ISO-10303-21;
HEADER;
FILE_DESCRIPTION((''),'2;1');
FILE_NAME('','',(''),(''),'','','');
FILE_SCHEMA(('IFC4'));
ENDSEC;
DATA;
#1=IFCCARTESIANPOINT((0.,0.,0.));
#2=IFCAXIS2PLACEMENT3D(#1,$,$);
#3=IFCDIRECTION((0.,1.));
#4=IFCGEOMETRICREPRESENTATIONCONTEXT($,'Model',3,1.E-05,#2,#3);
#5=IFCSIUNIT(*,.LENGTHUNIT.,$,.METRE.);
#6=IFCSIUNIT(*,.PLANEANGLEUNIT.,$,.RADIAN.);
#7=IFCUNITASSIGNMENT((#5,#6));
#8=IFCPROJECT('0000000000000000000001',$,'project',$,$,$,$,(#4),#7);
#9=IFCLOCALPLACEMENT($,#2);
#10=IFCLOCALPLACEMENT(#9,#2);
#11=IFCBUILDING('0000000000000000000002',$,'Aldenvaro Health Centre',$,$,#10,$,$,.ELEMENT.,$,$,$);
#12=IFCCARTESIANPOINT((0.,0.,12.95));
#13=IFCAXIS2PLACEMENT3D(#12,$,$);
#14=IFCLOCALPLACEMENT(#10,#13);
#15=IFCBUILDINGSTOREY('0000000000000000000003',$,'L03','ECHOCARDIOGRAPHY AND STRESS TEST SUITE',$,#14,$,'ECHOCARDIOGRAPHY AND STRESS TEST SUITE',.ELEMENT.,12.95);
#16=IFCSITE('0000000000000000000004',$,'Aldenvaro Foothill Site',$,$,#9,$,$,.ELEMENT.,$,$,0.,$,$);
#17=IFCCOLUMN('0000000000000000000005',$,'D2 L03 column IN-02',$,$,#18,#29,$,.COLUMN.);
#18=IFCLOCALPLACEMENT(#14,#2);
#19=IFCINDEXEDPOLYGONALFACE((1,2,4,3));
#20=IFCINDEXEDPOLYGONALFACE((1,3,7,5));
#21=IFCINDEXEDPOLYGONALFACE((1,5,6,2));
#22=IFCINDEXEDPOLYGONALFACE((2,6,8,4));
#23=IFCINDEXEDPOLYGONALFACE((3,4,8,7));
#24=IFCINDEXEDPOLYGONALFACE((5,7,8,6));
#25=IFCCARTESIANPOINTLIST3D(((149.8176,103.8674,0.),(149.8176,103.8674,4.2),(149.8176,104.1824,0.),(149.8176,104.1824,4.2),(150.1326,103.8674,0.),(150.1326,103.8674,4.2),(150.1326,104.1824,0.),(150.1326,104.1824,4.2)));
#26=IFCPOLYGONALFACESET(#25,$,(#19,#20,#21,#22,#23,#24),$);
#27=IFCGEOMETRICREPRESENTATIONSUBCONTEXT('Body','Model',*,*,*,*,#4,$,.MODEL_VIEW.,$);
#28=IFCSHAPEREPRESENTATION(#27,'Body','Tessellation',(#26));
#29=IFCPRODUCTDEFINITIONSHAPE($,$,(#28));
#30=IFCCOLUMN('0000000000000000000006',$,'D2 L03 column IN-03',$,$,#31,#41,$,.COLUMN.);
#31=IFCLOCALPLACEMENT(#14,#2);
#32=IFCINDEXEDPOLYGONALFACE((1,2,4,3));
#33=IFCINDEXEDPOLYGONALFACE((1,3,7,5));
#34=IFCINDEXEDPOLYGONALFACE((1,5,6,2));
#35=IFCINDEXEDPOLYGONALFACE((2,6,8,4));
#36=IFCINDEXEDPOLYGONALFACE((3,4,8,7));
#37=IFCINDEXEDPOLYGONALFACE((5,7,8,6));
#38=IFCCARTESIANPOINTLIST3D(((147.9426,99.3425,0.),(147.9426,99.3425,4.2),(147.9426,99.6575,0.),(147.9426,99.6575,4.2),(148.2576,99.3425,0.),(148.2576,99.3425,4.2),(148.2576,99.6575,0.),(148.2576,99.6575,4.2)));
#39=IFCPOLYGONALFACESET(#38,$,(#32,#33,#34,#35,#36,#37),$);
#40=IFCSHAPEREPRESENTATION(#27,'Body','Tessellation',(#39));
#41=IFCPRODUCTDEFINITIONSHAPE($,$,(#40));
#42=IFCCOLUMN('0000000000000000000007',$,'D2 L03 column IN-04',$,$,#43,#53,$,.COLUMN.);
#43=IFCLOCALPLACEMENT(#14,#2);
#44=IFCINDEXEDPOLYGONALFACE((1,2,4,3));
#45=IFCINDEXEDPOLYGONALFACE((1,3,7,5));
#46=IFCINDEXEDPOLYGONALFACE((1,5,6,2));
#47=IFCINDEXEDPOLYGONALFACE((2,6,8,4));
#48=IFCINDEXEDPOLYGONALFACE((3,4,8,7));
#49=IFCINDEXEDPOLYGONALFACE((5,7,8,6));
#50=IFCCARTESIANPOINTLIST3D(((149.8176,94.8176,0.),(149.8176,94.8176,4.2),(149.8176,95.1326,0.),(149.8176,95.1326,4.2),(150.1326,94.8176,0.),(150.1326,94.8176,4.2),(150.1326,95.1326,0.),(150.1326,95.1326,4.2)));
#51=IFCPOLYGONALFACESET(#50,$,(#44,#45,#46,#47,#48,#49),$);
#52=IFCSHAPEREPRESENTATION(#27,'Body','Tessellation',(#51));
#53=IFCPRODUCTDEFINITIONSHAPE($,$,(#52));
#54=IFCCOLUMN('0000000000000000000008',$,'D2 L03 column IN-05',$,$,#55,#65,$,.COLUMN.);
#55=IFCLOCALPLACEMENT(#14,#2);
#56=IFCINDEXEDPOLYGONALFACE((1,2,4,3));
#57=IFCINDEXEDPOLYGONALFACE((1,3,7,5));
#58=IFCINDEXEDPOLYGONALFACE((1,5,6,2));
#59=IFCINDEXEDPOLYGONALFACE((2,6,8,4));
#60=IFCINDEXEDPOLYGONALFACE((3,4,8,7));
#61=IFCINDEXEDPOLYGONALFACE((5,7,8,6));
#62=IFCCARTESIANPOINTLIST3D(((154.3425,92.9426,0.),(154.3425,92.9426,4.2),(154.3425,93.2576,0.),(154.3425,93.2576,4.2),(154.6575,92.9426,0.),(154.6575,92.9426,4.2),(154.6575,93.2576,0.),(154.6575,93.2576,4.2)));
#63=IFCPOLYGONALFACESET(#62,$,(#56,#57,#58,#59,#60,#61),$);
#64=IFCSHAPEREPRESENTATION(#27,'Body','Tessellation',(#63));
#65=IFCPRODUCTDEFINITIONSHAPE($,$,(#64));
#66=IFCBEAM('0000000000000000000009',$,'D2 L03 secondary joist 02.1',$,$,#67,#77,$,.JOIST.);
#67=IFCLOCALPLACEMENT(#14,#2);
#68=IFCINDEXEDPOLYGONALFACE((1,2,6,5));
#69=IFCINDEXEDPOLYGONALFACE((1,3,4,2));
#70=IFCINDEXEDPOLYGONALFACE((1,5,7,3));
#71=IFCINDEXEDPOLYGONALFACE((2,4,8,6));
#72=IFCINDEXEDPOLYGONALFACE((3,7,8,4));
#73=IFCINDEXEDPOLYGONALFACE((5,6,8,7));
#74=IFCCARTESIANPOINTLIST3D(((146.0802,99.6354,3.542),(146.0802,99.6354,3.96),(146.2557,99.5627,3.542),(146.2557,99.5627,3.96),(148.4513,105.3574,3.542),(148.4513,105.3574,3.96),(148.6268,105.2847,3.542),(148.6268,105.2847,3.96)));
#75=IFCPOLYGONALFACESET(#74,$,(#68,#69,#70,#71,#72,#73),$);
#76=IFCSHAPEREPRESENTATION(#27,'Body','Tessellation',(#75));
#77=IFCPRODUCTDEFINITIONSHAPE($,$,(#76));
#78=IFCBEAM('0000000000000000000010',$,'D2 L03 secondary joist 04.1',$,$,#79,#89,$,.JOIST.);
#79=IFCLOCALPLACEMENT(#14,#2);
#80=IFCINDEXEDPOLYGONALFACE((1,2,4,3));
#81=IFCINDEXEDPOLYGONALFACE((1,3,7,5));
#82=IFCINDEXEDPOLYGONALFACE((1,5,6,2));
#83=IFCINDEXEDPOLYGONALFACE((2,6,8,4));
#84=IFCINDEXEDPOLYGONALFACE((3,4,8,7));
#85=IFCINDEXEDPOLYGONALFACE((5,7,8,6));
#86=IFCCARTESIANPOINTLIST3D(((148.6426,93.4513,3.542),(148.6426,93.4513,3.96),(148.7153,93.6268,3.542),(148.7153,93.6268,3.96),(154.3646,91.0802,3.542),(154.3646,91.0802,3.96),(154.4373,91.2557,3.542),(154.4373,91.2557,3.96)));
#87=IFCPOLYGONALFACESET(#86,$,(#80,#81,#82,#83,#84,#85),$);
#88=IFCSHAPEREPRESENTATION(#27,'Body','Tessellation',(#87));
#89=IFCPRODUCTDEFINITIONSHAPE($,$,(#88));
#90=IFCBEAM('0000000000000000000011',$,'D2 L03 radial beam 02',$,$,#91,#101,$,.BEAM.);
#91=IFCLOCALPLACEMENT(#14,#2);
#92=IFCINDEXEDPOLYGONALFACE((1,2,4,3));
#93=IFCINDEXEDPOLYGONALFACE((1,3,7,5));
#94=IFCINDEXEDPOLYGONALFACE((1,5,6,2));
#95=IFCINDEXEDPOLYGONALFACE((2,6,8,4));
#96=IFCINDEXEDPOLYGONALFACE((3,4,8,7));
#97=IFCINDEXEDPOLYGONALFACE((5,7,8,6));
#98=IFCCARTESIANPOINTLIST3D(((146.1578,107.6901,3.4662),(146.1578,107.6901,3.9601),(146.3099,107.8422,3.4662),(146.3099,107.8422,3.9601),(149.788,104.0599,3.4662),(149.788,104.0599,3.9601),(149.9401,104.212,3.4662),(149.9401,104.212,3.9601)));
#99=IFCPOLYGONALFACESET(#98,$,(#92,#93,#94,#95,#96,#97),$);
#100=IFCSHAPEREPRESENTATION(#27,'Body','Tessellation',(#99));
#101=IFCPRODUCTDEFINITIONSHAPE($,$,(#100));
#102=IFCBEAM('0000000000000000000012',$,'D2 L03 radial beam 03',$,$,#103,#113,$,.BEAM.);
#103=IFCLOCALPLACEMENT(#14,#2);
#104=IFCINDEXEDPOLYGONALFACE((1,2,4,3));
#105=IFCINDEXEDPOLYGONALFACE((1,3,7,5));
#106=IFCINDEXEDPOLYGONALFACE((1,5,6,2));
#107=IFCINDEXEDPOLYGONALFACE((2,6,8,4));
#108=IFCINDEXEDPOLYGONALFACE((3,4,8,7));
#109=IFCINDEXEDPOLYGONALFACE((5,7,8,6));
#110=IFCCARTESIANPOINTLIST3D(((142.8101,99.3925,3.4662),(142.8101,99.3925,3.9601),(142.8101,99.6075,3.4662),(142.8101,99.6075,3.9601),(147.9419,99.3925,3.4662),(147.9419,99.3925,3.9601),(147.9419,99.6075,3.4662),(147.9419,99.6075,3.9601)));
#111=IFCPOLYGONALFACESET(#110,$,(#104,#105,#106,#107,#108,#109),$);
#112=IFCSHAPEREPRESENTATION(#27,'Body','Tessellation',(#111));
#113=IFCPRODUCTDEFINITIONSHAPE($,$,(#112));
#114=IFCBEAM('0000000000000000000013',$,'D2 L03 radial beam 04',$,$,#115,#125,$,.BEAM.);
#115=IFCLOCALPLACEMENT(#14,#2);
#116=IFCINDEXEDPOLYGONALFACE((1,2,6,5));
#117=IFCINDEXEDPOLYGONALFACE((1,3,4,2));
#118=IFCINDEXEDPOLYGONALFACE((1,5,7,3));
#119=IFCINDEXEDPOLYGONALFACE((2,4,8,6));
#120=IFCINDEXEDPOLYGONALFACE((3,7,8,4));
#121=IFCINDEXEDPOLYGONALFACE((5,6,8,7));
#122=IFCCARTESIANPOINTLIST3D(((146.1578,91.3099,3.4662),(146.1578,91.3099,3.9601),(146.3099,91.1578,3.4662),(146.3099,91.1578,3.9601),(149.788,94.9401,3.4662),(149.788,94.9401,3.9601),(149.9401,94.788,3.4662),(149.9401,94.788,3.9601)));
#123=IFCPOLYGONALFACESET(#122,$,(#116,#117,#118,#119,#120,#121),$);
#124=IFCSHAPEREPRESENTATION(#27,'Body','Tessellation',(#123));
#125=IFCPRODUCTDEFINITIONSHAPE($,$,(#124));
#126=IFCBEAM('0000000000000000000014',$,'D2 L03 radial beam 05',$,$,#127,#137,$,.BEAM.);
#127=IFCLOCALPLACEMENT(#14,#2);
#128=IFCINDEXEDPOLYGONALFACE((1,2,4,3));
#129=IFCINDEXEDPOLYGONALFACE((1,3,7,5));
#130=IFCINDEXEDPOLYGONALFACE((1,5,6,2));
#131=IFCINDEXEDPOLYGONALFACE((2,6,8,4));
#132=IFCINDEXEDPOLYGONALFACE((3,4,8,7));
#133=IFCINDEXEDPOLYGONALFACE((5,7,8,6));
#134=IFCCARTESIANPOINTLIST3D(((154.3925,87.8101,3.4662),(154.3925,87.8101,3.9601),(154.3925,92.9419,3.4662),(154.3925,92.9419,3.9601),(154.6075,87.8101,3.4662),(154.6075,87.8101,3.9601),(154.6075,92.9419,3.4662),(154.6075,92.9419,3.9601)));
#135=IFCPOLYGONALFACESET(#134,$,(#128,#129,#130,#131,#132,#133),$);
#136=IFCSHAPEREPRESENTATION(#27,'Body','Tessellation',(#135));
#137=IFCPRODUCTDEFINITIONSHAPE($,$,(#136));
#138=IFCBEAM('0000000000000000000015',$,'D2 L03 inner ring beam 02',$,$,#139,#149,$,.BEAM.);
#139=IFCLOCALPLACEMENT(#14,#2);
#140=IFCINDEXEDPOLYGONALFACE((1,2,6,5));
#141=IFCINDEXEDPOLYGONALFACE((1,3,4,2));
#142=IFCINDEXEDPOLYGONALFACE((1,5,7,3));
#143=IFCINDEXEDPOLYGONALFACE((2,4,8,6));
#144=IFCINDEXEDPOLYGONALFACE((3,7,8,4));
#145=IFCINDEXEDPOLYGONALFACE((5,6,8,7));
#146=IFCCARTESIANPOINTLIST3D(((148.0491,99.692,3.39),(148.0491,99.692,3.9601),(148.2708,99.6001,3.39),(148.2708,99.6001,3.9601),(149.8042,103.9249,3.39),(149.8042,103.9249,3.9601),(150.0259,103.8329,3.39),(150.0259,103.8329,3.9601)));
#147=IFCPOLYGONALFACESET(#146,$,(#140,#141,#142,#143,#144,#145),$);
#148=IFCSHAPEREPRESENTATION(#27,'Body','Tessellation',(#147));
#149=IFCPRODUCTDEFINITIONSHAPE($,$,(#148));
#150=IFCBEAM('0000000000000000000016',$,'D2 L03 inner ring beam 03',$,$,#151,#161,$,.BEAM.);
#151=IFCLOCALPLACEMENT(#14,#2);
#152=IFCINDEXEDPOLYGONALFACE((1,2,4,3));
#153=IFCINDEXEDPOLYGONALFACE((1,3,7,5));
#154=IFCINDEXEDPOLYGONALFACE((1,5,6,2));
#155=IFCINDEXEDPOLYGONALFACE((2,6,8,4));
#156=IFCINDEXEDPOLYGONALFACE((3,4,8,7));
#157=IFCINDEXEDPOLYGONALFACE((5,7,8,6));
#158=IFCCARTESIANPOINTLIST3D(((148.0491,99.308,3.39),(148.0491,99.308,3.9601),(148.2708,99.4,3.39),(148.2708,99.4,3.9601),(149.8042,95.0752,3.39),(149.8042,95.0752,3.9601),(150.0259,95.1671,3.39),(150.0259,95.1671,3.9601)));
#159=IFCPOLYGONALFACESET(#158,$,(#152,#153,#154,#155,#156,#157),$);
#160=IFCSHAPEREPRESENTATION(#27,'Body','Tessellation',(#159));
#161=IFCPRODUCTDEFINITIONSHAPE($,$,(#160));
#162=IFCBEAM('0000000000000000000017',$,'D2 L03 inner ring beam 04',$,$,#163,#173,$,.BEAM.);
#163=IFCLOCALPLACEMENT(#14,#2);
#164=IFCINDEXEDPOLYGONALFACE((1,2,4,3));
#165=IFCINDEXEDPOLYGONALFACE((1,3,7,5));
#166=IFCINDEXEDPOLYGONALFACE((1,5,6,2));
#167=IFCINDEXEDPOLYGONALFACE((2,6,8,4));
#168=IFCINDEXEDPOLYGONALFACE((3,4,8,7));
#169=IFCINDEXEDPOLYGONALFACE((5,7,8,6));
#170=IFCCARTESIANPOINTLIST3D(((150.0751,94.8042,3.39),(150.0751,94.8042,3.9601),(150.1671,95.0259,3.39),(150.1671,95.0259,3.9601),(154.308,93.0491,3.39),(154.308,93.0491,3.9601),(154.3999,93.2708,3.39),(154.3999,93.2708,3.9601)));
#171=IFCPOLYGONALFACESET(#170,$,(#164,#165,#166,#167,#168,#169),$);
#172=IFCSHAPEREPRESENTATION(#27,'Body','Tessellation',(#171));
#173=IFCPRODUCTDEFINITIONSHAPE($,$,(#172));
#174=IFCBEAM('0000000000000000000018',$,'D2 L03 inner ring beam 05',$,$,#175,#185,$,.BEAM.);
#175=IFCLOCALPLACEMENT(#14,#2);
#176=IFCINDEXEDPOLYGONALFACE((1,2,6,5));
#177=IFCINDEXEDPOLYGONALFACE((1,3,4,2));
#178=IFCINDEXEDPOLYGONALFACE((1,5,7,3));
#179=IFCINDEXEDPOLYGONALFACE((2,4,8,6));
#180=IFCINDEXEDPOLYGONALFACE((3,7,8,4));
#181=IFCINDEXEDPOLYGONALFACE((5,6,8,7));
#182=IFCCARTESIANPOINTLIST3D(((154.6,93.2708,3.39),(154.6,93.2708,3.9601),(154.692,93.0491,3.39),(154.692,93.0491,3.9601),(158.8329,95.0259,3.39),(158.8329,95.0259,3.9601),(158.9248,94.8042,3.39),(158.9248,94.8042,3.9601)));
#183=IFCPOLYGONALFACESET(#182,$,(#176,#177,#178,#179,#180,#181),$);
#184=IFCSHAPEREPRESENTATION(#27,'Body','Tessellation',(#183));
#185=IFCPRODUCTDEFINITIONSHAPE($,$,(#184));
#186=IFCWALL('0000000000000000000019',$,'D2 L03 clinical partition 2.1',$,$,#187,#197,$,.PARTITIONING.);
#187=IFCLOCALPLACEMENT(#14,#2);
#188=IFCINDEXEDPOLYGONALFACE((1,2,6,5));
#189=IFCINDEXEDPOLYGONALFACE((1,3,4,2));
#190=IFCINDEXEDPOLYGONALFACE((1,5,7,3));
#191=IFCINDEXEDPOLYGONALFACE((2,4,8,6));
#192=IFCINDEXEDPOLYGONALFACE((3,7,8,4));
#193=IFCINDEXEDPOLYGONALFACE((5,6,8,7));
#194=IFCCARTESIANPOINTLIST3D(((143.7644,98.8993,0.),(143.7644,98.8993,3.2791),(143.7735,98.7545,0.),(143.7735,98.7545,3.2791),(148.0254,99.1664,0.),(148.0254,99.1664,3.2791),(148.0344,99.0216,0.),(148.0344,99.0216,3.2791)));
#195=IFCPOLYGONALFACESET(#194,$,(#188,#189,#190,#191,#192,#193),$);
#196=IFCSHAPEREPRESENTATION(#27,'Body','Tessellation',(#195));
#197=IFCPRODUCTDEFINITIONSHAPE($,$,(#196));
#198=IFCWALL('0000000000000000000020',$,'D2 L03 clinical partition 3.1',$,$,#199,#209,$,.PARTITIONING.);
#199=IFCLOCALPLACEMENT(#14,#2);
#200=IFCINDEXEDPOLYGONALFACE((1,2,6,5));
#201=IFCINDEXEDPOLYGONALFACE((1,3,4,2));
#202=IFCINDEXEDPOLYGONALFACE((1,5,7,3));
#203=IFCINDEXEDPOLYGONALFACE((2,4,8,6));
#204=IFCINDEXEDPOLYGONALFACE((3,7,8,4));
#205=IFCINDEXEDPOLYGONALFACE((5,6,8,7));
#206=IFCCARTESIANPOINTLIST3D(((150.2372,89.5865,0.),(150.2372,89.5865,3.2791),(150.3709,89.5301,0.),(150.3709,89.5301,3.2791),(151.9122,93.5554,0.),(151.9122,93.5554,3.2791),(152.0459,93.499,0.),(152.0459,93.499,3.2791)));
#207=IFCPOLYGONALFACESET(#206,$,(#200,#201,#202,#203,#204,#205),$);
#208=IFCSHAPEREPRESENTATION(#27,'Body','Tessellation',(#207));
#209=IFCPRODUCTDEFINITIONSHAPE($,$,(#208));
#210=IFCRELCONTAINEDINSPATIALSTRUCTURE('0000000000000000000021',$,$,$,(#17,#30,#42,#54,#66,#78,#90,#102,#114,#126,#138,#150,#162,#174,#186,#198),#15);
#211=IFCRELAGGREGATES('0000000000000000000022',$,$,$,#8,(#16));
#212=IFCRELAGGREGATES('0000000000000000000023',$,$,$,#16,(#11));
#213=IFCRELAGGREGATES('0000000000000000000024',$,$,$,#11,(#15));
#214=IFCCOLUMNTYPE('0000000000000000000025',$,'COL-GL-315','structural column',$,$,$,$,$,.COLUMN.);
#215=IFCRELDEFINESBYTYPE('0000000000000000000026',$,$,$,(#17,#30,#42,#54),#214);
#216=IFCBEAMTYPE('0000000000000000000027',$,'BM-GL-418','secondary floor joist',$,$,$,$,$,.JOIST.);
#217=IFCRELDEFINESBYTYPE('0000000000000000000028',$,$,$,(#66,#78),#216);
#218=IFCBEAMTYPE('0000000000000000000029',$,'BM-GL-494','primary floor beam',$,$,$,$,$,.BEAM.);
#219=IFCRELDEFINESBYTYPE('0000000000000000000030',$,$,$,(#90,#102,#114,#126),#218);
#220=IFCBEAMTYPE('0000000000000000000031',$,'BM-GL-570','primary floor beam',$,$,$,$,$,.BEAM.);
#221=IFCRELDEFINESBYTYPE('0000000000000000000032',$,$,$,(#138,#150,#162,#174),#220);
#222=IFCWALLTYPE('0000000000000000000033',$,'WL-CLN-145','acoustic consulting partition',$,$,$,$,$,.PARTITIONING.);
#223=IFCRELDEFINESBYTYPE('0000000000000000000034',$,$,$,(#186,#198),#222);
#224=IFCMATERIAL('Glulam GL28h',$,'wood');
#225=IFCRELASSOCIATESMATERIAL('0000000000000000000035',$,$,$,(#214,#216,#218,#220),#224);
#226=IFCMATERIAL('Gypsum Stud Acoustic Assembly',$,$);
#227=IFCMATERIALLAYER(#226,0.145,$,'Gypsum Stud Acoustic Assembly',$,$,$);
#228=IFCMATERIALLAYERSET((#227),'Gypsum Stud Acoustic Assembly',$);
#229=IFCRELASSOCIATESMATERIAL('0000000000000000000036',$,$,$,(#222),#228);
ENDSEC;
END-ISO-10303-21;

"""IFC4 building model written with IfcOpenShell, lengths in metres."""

from ifc_helpers import new_model, si_unit, direction, frame, frame_2d, origin, origin_2d, place, context, subcontext, project, spatial, rectangle, extrude, material, layer, layer_set, material_profile, profile_set, type_object, element, save


model = new_model("IFC4")

# Units and contexts
model_context = context("Model", 3, precision=1e-05, world=origin(), true_north=direction((0.0, 1.0)))
body_context = subcontext(model_context, "Body", "Model", "MODEL_VIEW")
ifc_project = project(units=[si_unit("LENGTHUNIT", "METRE"), si_unit("PLANEANGLEUNIT", "RADIAN")], contexts=[model_context])

# Site, building, storey
site_placement = place(None, origin())
site = spatial("IfcSite", under=ifc_project, at=site_placement, Name="Aldenvaro Foothill Site", CompositionType="ELEMENT", RefElevation=0.0)
building_placement = place(site_placement, origin())
building = spatial("IfcBuilding", under=site, at=building_placement, Name="Aldenvaro Health Centre", CompositionType="ELEMENT")
storey_placement = place(building_placement, frame((0.0, 0.0, 12.95)))
storey = spatial("IfcBuildingStorey", under=building, at=storey_placement, Name="L03", Description="ECHOCARDIOGRAPHY AND STRESS TEST SUITE", LongName="ECHOCARDIOGRAPHY AND STRESS TEST SUITE", CompositionType="ELEMENT", Elevation=12.95)

# Columns
ifc_material_1 = material(Name="Glulam GL28h", Category="wood")
ifc_material_profile_1 = material_profile(ifc_material_1, rectangle(XDim=0.3149, YDim=0.3149, at=origin_2d()), Name="GL 315x315", Category="wood")
ifc_profile_set_1 = profile_set([ifc_material_profile_1], Name="Glulam GL28h")
column_type = type_object("IfcColumnType", Name="COL-GL-315", Description="structural column", PredefinedType="COLUMN", material=ifc_profile_set_1)
for number, where, z_axis, x_axis, name in (
    (1, (149.9751, 104.0249, 0.0), (0.0, 0.0, 1.0), (1.0, 0.0, 0.0), "D2 L03 column IN-02"),
    (2, (148.1001, 99.5, 0.0), (0.0, 0.0, 1.0), (1.0, 0.0, 0.0), "D2 L03 column IN-03"),
    (3, (149.9751, 94.9751, 0.0), (0.0, 0.0, 1.0), (1.0, 0.0, 0.0), "D2 L03 column IN-04"),
    (4, (154.5, 93.1001, 0.0), (0.0, 0.0, 1.0), (1.0, 0.0, 0.0), "D2 L03 column IN-05"),
):
    element("IfcColumn", number, at=place(storey_placement, frame(where, z_axis=z_axis, x_axis=x_axis)), inside=storey, type_object=column_type, Name=name, PredefinedType="COLUMN", context=body_context, shape_type="SweptSolid", body=[
        extrude(rectangle(XDim=0.3149, YDim=0.3149, at=origin_2d()), origin(), (0.0, 0.0, 1.0), 4.2),
    ])

# Beams
ifc_material_profile_2 = material_profile(ifc_material_1, rectangle(XDim=0.1899, YDim=0.418, at=origin_2d()), Name="GL 190x418", Category="wood")
ifc_profile_set_2 = profile_set([ifc_material_profile_2], Name="Glulam GL28h")
beam_type_1 = type_object("IfcBeamType", Name="BM-GL-418", Description="secondary floor joist", PredefinedType="JOIST", material=ifc_profile_set_2)
for number, where, z_axis, x_axis, name in (
    (5, (148.5391, 105.321, 3.751), (-0.382821, -0.923823, 0.0), (0.923823, -0.382821, 0.0), "D2 L03 secondary joist 02.1"),
    (6, (148.679, 93.5391, 3.751), (0.923823, -0.382821, 0.0), (0.382821, 0.923823, 0.0), "D2 L03 secondary joist 04.1"),
):
    element("IfcBeam", number, at=place(storey_placement, frame(where, z_axis=z_axis, x_axis=x_axis)), inside=storey, type_object=beam_type_1, Name=name, PredefinedType="JOIST", context=body_context, shape_type="SweptSolid", body=[
        extrude(rectangle(XDim=0.1899, YDim=0.418, at=origin_2d()), origin(), (0.0, 0.0, 1.0), 6.1938),
    ])
ifc_material_profile_3 = material_profile(ifc_material_1, rectangle(XDim=0.2151, YDim=0.4939, at=origin_2d()), Name="GL 215x494", Category="wood")
ifc_profile_set_3 = profile_set([ifc_material_profile_3], Name="Glulam GL28h")
beam_type_2 = type_object("IfcBeamType", Name="BM-GL-494", Description="primary floor beam", PredefinedType="BEAM", material=ifc_profile_set_3)
beam_1_placement = place(storey_placement, frame((149.864, 104.136, 3.7131), z_axis=(-0.707107, 0.707107, 0.0), x_axis=(-0.707107, -0.707107, 0.0)))
element("IfcBeam", 7, at=beam_1_placement, inside=storey, type_object=beam_type_2, Name="D2 L03 radial beam 02", PredefinedType="BEAM", context=body_context, shape_type="SweptSolid", body=[
    extrude(rectangle(XDim=0.2151, YDim=0.4939, at=origin_2d()), origin(), (0.0, 0.0, 1.0), 5.1338),
])
beam_2_placement = place(storey_placement, frame((147.9419, 99.5, 3.7131), z_axis=(-1.0, 0.0, 0.0), x_axis=(0.0, -1.0, 0.0)))
element("IfcBeam", 8, at=beam_2_placement, inside=storey, type_object=beam_type_2, Name="D2 L03 radial beam 03", PredefinedType="BEAM", context=body_context, shape_type="SweptSolid", body=[
    extrude(rectangle(XDim=0.2151, YDim=0.4939, at=origin_2d()), origin(), (0.0, 0.0, 1.0), 5.1318),
])
beam_3_placement = place(storey_placement, frame((149.864, 94.864, 3.7131), z_axis=(-0.707107, -0.707107, 0.0), x_axis=(0.707107, -0.707107, 0.0)))
element("IfcBeam", 9, at=beam_3_placement, inside=storey, type_object=beam_type_2, Name="D2 L03 radial beam 04", PredefinedType="BEAM", context=body_context, shape_type="SweptSolid", body=[
    extrude(rectangle(XDim=0.2151, YDim=0.4939, at=origin_2d()), origin(), (0.0, 0.0, 1.0), 5.1338),
])
beam_4_placement = place(storey_placement, frame((154.5, 92.9419, 3.7131), z_axis=(0.0, -1.0, 0.0), x_axis=(1.0, 0.0, 0.0)))
element("IfcBeam", 10, at=beam_4_placement, inside=storey, type_object=beam_type_2, Name="D2 L03 radial beam 05", PredefinedType="BEAM", context=body_context, shape_type="SweptSolid", body=[
    extrude(rectangle(XDim=0.2151, YDim=0.4939, at=origin_2d()), origin(), (0.0, 0.0, 1.0), 5.1318),
])
ifc_material_profile_4 = material_profile(ifc_material_1, rectangle(XDim=0.24, YDim=0.5701, at=origin_2d()), Name="GL 240x570", Category="wood")
ifc_profile_set_4 = profile_set([ifc_material_profile_4], Name="Glulam GL28h")
beam_type_3 = type_object("IfcBeamType", Name="BM-GL-570", Description="primary floor beam", PredefinedType="BEAM", material=ifc_profile_set_4)
for number, where, z_axis, x_axis, name in (
    (11, (149.915, 103.8789, 3.675), (-0.383018, -0.923741, 0.0), (0.923741, -0.383018, 0.0), "D2 L03 inner ring beam 02"),
    (12, (148.1599, 99.354, 3.675), (0.383018, -0.923741, 0.0), (0.923741, 0.383018, 0.0), "D2 L03 inner ring beam 03"),
    (13, (150.1211, 94.915, 3.675), (0.923741, -0.383018, 0.0), (0.383018, 0.923741, 0.0), "D2 L03 inner ring beam 04"),
    (14, (154.646, 93.1599, 3.675), (0.923741, 0.383018, 0.0), (-0.383018, 0.923741, 0.0), "D2 L03 inner ring beam 05"),
):
    element("IfcBeam", number, at=place(storey_placement, frame(where, z_axis=z_axis, x_axis=x_axis)), inside=storey, type_object=beam_type_3, Name=name, PredefinedType="BEAM", context=body_context, shape_type="SweptSolid", body=[
        extrude(rectangle(XDim=0.24, YDim=0.5701, at=origin_2d()), origin(), (0.0, 0.0, 1.0), 4.5823),
    ])

# Walls
ifc_material_2 = material(Name="Gypsum Stud Acoustic Assembly")
ifc_layer_1 = layer(ifc_material_2, 0.145, Name="Gypsum Stud Acoustic Assembly")
ifc_layer_set_1 = layer_set([ifc_layer_1], Name="Gypsum Stud Acoustic Assembly")
wall_type_1 = type_object("IfcWallType", Name="WL-CLN-145", Description="acoustic consulting partition", PredefinedType="PARTITIONING", material=ifc_layer_set_1)
wall_1_placement = place(storey_placement, frame((148.03, 99.094, 0.0), z_axis=(0.0, 0.0, 1.0), x_axis=(-0.998041, -0.06256, 0.0)))
element("IfcWall", 15, at=wall_1_placement, inside=storey, type_object=wall_type_1, Name="D2 L03 clinical partition 2.1", PredefinedType="PARTITIONING", context=body_context, shape_type="SweptSolid", body=[
    extrude(rectangle(XDim=4.2693, YDim=0.145, at=frame_2d((2.1348, 0.0))), origin(), (0.0, 0.0, 1.0), 3.2791),
])
wall_2_placement = place(storey_placement, frame((151.979, 93.5271, 0.0), z_axis=(0.0, 0.0, 1.0), x_axis=(-0.388825, -0.921312, 0.0)))
element("IfcWall", 16, at=wall_2_placement, inside=storey, type_object=wall_type_1, Name="D2 L03 clinical partition 3.1", PredefinedType="PARTITIONING", context=body_context, shape_type="SweptSolid", body=[
    extrude(rectangle(XDim=4.3079, YDim=0.145, at=frame_2d((2.1538, 0.0))), origin(), (0.0, 0.0, 1.0), 3.2791),
])

save(model, "model.ifc")
